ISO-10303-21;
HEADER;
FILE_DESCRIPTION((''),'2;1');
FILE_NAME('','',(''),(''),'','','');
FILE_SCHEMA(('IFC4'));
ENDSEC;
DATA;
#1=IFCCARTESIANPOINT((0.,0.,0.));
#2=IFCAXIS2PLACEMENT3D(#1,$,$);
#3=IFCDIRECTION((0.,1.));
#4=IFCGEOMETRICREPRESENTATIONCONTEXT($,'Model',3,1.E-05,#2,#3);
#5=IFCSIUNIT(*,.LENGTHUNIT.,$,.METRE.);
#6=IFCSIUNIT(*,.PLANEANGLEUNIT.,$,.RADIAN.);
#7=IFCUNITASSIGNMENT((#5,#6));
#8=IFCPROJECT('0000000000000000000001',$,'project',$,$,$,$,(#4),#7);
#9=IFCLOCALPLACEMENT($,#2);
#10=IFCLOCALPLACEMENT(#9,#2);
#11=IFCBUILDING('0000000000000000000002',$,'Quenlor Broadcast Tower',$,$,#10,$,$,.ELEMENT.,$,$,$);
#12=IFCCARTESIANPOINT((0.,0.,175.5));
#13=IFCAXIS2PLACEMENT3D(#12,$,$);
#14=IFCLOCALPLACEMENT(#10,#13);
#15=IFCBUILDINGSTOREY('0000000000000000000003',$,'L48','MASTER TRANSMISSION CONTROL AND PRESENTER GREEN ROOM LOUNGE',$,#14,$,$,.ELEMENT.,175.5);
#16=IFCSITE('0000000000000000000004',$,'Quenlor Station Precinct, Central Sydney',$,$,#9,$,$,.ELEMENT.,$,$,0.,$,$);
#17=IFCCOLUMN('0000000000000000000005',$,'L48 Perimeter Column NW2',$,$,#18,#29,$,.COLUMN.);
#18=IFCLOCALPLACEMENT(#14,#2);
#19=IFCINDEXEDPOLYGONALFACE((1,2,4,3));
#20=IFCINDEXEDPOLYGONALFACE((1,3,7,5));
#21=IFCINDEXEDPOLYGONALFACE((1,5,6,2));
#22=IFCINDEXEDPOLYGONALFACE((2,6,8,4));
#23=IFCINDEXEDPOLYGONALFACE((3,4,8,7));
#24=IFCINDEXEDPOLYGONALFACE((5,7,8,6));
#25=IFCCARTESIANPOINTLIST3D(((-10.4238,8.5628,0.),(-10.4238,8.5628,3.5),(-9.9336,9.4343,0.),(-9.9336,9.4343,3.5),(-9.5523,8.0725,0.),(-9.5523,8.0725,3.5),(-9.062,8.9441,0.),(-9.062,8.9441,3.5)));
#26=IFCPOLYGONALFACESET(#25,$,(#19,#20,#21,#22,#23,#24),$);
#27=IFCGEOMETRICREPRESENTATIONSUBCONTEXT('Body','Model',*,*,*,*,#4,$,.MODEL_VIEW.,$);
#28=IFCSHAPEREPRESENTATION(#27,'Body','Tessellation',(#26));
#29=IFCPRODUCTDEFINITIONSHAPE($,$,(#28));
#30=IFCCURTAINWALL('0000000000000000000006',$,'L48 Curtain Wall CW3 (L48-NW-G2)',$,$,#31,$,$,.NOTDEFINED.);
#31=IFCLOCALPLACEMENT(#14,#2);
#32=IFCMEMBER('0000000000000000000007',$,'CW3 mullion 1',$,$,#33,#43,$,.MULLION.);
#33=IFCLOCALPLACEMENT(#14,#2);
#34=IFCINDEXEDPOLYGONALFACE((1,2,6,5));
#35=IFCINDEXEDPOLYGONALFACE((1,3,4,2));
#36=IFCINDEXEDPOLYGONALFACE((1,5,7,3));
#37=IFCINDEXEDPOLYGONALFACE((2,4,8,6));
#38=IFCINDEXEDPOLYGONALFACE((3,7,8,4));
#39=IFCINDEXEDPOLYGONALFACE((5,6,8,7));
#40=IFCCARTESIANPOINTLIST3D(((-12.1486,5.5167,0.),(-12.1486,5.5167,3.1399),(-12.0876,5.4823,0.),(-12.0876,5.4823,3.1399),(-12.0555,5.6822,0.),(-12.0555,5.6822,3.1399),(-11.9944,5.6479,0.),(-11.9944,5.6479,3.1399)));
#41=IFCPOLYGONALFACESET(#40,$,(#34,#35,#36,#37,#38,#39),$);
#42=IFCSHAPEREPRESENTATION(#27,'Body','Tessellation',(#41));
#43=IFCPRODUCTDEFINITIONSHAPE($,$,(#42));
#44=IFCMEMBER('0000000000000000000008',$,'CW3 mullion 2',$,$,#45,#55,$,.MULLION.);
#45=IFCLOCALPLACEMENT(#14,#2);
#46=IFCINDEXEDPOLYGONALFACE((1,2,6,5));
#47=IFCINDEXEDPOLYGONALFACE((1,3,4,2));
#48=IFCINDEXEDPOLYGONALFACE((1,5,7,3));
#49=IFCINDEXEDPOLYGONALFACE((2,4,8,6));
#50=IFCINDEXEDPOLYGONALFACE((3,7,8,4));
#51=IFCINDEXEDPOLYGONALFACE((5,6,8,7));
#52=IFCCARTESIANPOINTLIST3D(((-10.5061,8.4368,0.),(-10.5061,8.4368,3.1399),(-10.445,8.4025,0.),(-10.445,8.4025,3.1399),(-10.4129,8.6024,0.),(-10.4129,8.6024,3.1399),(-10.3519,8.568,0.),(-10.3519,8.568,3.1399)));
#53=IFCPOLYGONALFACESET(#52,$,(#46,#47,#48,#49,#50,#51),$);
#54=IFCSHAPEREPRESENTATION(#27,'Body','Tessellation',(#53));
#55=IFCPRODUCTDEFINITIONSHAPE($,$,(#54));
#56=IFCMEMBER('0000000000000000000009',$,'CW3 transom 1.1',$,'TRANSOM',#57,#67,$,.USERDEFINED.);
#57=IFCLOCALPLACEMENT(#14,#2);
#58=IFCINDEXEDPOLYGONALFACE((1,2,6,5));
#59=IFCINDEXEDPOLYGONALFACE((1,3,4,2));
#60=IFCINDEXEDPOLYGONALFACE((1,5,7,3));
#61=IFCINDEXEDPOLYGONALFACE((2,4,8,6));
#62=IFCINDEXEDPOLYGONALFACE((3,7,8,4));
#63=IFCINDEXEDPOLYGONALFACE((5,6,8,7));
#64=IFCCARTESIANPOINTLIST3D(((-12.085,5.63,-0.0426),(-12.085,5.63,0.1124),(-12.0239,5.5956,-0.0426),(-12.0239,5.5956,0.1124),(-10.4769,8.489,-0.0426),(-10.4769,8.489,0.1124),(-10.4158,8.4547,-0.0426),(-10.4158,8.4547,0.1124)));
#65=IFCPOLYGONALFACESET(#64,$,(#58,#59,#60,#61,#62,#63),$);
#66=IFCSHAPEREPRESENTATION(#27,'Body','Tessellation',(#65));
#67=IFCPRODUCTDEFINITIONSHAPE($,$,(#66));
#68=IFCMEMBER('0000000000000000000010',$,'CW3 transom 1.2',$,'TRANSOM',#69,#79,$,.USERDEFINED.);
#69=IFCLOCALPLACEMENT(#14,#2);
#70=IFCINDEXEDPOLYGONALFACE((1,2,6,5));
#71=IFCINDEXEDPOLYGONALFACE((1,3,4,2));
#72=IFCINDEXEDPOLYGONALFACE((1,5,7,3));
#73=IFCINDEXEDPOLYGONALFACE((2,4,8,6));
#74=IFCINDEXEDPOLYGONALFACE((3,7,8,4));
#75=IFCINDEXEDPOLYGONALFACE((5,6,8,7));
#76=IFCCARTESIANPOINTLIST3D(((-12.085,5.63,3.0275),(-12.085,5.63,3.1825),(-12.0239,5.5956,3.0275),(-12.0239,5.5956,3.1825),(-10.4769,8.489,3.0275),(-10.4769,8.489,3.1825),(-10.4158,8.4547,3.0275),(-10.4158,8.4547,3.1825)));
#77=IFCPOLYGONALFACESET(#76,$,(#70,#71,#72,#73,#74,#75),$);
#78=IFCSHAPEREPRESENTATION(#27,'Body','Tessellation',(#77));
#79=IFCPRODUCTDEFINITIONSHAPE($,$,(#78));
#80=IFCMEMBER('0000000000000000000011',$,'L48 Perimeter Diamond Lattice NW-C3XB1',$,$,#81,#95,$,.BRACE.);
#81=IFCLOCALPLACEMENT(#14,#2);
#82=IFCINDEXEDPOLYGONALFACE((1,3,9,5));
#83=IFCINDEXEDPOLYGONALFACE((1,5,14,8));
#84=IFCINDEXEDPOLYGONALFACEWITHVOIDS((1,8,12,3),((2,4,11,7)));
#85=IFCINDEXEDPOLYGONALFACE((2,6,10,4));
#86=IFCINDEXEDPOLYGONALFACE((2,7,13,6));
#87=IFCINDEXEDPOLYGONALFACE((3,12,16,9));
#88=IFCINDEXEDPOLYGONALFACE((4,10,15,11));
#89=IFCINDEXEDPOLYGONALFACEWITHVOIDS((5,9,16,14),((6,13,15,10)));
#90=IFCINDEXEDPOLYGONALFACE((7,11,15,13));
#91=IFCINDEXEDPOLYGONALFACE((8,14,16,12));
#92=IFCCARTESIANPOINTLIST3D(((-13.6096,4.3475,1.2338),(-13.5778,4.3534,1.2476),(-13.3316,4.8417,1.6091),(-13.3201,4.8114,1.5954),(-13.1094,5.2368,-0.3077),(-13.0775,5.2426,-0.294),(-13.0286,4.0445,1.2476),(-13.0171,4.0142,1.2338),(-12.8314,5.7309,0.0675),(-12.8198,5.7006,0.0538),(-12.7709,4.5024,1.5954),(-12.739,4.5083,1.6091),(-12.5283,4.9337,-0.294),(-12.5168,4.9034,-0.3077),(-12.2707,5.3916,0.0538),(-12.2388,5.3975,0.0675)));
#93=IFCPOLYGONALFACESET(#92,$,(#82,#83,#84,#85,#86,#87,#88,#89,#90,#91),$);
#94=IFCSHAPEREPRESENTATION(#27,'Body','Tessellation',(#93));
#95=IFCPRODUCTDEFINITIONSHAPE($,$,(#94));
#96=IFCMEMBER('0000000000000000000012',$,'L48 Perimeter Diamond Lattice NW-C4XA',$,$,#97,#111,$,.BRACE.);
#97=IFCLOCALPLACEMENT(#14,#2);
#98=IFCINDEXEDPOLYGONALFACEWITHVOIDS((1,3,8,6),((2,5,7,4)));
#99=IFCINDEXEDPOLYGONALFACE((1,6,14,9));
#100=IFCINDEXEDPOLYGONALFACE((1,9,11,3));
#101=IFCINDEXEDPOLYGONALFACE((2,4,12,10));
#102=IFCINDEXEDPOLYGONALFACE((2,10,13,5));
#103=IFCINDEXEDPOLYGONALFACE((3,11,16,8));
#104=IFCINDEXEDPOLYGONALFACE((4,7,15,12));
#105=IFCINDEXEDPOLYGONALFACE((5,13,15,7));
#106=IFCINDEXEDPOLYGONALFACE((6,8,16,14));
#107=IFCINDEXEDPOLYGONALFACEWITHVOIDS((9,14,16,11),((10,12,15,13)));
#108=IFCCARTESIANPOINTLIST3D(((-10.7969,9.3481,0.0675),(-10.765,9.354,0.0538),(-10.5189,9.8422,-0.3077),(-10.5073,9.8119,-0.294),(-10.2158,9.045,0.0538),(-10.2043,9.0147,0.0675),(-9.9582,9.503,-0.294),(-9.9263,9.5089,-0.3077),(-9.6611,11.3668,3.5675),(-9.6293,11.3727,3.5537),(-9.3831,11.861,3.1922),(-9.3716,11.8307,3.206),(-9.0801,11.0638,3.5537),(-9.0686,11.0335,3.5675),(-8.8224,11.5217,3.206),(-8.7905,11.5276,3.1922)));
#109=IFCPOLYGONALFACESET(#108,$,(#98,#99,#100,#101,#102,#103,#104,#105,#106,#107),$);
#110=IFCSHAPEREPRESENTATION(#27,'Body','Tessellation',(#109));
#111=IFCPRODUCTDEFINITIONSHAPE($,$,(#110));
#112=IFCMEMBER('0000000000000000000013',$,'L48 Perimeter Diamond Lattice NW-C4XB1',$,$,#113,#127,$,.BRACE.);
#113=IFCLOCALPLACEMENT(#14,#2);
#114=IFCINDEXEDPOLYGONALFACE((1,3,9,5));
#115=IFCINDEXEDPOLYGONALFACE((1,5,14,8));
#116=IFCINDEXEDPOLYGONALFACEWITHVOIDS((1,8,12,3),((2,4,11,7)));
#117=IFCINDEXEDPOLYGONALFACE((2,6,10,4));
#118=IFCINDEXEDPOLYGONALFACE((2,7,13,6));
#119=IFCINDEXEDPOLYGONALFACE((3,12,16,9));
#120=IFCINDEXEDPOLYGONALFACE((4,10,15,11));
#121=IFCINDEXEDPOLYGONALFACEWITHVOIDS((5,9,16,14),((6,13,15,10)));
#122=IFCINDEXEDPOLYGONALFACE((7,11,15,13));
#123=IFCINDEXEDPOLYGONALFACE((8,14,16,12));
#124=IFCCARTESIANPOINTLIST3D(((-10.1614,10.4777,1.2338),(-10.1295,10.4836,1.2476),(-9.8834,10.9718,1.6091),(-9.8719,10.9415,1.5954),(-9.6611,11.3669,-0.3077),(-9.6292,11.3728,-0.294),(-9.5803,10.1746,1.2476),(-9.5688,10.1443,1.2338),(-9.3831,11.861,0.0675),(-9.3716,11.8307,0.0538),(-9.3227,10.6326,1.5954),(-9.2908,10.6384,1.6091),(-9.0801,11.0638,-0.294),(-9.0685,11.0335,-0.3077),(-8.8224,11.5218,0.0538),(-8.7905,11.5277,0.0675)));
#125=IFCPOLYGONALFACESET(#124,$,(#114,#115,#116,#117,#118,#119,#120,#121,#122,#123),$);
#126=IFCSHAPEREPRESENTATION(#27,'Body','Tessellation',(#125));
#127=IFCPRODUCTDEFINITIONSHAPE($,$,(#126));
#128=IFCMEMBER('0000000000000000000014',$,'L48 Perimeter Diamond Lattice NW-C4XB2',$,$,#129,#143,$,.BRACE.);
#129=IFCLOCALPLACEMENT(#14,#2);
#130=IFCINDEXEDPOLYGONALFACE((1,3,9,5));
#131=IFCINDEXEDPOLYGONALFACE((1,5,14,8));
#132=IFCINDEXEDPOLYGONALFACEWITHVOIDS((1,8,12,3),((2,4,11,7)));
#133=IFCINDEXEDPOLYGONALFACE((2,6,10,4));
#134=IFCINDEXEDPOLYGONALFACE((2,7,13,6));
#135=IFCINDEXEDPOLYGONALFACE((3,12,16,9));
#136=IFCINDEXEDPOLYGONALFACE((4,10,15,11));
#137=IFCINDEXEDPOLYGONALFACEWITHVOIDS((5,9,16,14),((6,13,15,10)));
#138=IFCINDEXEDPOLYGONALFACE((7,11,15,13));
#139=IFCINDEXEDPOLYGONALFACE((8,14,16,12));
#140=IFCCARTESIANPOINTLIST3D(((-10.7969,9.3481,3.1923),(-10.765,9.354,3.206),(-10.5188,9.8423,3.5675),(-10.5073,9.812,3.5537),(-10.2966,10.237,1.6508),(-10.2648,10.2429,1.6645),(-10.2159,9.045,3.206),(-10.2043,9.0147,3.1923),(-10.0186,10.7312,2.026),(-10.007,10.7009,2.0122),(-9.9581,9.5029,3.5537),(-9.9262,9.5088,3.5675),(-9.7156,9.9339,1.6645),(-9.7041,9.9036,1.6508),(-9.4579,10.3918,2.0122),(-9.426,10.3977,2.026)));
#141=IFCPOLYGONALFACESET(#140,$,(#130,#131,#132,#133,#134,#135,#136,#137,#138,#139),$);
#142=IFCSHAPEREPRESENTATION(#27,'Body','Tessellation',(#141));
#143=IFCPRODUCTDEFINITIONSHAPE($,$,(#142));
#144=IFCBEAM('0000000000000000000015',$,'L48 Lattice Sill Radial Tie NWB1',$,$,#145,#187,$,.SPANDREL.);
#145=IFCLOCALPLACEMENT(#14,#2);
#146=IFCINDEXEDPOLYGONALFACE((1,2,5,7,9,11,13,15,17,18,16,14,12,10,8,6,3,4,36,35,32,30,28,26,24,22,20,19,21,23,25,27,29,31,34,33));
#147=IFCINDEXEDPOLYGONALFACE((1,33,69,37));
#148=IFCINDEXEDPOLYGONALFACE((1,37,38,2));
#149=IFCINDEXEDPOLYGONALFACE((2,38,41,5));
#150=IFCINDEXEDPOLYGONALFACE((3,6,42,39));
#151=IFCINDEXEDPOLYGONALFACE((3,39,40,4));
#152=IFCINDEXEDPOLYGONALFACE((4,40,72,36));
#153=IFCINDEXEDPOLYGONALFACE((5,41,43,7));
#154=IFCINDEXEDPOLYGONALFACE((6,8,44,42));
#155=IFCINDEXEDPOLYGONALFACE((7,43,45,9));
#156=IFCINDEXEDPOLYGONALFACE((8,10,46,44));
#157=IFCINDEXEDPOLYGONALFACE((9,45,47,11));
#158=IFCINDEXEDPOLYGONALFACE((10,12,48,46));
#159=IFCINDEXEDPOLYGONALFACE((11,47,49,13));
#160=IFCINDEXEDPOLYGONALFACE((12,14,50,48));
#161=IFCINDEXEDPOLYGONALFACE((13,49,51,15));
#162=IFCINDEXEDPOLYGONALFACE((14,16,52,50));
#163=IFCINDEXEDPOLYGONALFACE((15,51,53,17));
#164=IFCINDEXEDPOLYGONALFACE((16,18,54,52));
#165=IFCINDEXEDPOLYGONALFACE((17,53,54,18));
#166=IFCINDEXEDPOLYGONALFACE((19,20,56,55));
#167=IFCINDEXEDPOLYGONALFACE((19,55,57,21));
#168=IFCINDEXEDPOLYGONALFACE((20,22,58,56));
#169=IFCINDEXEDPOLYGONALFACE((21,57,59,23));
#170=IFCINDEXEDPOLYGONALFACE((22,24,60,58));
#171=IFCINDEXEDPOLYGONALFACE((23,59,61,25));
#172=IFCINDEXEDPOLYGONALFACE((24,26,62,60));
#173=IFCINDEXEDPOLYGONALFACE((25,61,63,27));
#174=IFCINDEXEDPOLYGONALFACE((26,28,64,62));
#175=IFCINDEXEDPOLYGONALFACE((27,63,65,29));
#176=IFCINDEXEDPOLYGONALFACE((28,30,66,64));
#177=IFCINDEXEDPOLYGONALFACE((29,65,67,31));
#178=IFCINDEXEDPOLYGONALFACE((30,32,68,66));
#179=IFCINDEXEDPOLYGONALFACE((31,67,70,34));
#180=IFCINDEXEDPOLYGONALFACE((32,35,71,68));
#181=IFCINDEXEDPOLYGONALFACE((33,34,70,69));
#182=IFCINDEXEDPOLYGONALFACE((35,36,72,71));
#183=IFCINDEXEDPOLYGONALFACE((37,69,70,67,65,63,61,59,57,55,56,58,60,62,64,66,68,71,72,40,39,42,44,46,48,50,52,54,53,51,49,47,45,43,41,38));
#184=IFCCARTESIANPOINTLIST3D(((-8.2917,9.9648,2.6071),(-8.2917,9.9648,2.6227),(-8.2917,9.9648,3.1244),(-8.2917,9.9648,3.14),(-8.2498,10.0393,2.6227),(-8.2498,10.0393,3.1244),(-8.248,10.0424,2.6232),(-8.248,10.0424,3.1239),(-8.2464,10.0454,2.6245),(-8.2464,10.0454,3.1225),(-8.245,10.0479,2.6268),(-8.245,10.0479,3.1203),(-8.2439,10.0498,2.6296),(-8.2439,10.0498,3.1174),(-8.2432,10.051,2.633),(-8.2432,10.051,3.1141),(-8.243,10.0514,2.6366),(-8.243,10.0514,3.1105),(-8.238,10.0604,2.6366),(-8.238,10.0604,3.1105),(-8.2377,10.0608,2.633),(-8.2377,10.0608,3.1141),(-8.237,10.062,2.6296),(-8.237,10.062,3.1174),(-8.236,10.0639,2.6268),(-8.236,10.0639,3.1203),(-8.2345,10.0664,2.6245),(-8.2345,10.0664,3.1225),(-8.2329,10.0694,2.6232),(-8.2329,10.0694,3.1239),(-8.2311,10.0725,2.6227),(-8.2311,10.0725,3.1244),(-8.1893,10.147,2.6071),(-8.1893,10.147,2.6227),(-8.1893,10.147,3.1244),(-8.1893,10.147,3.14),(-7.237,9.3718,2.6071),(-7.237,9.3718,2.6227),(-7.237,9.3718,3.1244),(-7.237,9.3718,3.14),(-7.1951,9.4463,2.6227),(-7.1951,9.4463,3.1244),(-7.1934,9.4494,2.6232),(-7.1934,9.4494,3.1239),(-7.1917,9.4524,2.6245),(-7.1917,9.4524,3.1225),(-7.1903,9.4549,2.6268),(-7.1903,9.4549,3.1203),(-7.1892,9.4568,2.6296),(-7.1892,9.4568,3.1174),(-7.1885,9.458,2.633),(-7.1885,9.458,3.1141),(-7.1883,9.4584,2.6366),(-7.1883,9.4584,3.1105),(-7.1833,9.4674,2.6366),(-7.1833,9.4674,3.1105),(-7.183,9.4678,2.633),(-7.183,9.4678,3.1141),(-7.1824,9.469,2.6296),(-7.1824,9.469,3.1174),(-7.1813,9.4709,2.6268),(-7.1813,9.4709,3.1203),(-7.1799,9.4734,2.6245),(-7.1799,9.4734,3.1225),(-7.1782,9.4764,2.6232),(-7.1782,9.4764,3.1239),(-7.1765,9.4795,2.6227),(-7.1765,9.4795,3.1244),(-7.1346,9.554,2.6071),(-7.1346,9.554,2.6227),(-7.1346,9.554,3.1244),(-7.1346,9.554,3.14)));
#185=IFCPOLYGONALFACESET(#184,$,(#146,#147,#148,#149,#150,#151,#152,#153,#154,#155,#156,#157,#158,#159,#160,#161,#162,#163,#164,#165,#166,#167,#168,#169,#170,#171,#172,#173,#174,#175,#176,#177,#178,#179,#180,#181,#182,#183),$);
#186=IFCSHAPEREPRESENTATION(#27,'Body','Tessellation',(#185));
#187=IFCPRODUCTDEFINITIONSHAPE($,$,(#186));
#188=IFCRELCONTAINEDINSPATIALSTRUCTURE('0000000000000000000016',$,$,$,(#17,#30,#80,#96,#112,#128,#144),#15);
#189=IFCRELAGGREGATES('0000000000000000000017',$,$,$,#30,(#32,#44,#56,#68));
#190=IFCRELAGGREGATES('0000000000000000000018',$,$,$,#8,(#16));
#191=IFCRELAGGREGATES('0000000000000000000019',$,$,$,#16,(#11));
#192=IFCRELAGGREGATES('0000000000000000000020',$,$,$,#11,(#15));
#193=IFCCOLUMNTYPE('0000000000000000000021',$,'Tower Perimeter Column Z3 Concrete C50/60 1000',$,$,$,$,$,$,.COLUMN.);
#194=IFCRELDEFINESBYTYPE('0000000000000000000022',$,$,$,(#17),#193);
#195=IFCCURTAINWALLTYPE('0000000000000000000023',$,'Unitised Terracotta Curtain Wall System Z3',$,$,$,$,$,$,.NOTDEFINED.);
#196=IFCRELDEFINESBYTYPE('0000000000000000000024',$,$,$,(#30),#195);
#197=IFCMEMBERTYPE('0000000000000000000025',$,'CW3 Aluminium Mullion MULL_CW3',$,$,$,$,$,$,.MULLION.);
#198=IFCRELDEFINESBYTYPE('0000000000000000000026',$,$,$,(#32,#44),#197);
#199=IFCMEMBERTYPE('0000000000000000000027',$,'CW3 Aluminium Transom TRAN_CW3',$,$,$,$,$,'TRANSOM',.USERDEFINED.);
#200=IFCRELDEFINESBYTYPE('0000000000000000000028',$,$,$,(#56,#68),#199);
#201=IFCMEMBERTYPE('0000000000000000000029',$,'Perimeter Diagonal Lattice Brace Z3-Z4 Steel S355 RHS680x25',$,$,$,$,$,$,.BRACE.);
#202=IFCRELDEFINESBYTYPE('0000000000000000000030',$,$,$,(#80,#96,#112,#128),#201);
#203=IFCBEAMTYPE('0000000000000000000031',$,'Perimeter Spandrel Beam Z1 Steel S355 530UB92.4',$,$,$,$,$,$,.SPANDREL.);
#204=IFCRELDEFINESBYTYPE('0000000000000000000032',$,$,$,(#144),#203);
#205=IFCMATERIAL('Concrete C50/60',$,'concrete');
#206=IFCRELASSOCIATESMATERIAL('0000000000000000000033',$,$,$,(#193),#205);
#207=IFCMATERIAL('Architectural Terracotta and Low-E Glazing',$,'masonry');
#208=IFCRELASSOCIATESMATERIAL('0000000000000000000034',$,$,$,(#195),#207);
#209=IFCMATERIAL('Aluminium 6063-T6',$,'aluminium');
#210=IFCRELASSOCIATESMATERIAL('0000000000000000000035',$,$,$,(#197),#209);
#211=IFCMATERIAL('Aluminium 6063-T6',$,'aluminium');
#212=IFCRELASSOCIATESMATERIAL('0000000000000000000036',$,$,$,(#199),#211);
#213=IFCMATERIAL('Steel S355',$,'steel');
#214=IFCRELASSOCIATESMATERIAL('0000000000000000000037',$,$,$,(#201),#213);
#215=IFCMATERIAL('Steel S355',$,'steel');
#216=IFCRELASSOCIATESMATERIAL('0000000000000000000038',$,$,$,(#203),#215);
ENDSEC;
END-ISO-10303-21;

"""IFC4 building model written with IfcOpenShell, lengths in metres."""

from ifc_helpers import new_model, si_unit, direction, frame, origin, origin_2d, place, context, subcontext, project, spatial, rectangle, hollow_rectangle, i_section, extrude, material, material_profile, profile_set, type_object, element, aggregate, save


model = new_model("IFC4")

# Units and contexts
model_context = context("Model", 3, precision=1e-05, world=origin(), true_north=direction((0.0, 1.0)))
body_context = subcontext(model_context, "Body", "Model", "MODEL_VIEW")
ifc_project = project(units=[si_unit("LENGTHUNIT", "METRE"), si_unit("PLANEANGLEUNIT", "RADIAN")], contexts=[model_context])

# Site, building, storey
site_placement = place(None, origin())
site = spatial("IfcSite", under=ifc_project, at=site_placement, Name="Quenlor Station Precinct, Central Sydney", CompositionType="ELEMENT", RefElevation=0.0)
building_placement = place(site_placement, origin())
building = spatial("IfcBuilding", under=site, at=building_placement, Name="Quenlor Broadcast Tower", CompositionType="ELEMENT")
storey_placement = place(building_placement, frame((0.0, 0.0, 175.5)))
storey = spatial("IfcBuildingStorey", under=building, at=storey_placement, Name="L48", Description="MASTER TRANSMISSION CONTROL AND PRESENTER GREEN ROOM LOUNGE", CompositionType="ELEMENT", Elevation=175.5)

# Column
ifc_material_1 = material(Name="Concrete C50/60", Category="concrete")
ifc_material_profile_1 = material_profile(ifc_material_1, rectangle(XDim=1.0, YDim=1.0, at=origin_2d()))
ifc_profile_set_1 = profile_set([ifc_material_profile_1], Name="Concrete C50/60 RC1000x1000")
column_type = type_object("IfcColumnType", Name="Tower Perimeter Column Z3 Concrete C50/60 1000", PredefinedType="COLUMN", material=ifc_profile_set_1)
column_placement = place(storey_placement, frame((-9.7429, 8.7534, 0.0), z_axis=(0.0, 0.0, 1.0), x_axis=(-0.871575, 0.490262, 0.0)))
element("IfcColumn", 1, at=column_placement, inside=storey, type_object=column_type, Name="L48 Perimeter Column NW2", PredefinedType="COLUMN", context=body_context, shape_type="SweptSolid", body=[
    extrude(rectangle(XDim=1.0, YDim=1.0, at=origin_2d()), origin(), (0.0, 0.0, 1.0), 3.5),
])

# Curtain wall, members
ifc_material_2 = material(Name="Architectural Terracotta and Low-E Glazing", Category="masonry")
curtain_wall_type = type_object("IfcCurtainWallType", Name="Unitised Terracotta Curtain Wall System Z3", PredefinedType="NOTDEFINED", material=ifc_material_2)
curtain_wall_placement = place(storey_placement, origin())
curtain_wall = element("IfcCurtainWall", 2, at=curtain_wall_placement, inside=storey, type_object=curtain_wall_type, Name="L48 Curtain Wall CW3 (L48-NW-G2)", PredefinedType="NOTDEFINED")
ifc_material_3 = material(Name="Aluminium 6063-T6", Category="aluminium")
ifc_material_profile_2 = material_profile(ifc_material_3, rectangle(XDim=0.0701, YDim=0.1899, at=origin_2d()))
ifc_profile_set_2 = profile_set([ifc_material_profile_2], Name="Aluminium 6063-T6 MULL70x190")
member_type_1 = type_object("IfcMemberType", Name="CW3 Aluminium Mullion MULL_CW3", PredefinedType="MULLION", material=ifc_profile_set_2)
member_1_placement = place(storey_placement, frame((-12.0715, 5.5823, 0.0), z_axis=(0.0, 0.0, 1.0), x_axis=(-0.871579, 0.490256, 0.0)))
member_1 = element("IfcMember", 3, at=member_1_placement, type_object=member_type_1, Name="CW3 mullion 1", PredefinedType="MULLION", context=body_context, shape_type="SweptSolid", body=[
    extrude(rectangle(XDim=0.0701, YDim=0.1899, at=origin_2d()), origin(), (0.0, 0.0, 1.0), 3.1399),
])
member_2_placement = place(storey_placement, frame((-10.429, 8.5024, 0.0), z_axis=(0.0, 0.0, 1.0), x_axis=(-0.871579, 0.490256, 0.0)))
member_2 = element("IfcMember", 4, at=member_2_placement, type_object=member_type_1, Name="CW3 mullion 2", PredefinedType="MULLION", context=body_context, shape_type="SweptSolid", body=[
    extrude(rectangle(XDim=0.0701, YDim=0.1899, at=origin_2d()), origin(), (0.0, 0.0, 1.0), 3.1399),
])
ifc_material_4 = material(Name="Aluminium 6063-T6", Category="aluminium")
ifc_material_profile_3 = material_profile(ifc_material_4, rectangle(XDim=0.0701, YDim=0.155, at=origin_2d()))
ifc_profile_set_3 = profile_set([ifc_material_profile_3], Name="Aluminium 6063-T6 TRAN70x155")
member_type_2 = type_object("IfcMemberType", Name="CW3 Aluminium Transom TRAN_CW3", ElementType="TRANSOM", PredefinedType="USERDEFINED", material=ifc_profile_set_3)
member_3_placement = place(storey_placement, frame((-12.0544, 5.6128, 0.0349), z_axis=(0.490237, 0.871589, 0.0), x_axis=(-0.871589, 0.490237, 0.0)))
member_3 = element("IfcMember", 5, at=member_3_placement, type_object=member_type_2, Name="CW3 transom 1.1", ObjectType="TRANSOM", PredefinedType="USERDEFINED", context=body_context, shape_type="SweptSolid", body=[
    extrude(rectangle(XDim=0.0701, YDim=0.155, at=origin_2d()), origin(), (0.0, 0.0, 1.0), 3.2803),
])
member_4_placement = place(storey_placement, frame((-12.0544, 5.6128, 3.105), z_axis=(0.490237, 0.871589, 0.0), x_axis=(-0.871589, 0.490237, 0.0)))
member_4 = element("IfcMember", 6, at=member_4_placement, type_object=member_type_2, Name="CW3 transom 1.2", ObjectType="TRANSOM", PredefinedType="USERDEFINED", context=body_context, shape_type="SweptSolid", body=[
    extrude(rectangle(XDim=0.0701, YDim=0.155, at=origin_2d()), origin(), (0.0, 0.0, 1.0), 3.2803),
])

# Members
ifc_material_5 = material(Name="Steel S355", Category="steel")
ifc_material_profile_4 = material_profile(ifc_material_5, hollow_rectangle(XDim=0.6799, YDim=0.6799, WallThickness=0.0249, at=origin_2d()))
ifc_profile_set_4 = profile_set([ifc_material_profile_4], Name="Steel S355 RHS680x680x25")
member_type_3 = type_object("IfcMemberType", Name="Perimeter Diagonal Lattice Brace Z3-Z4 Steel S355 RHS680x25", PredefinedType="BRACE", material=ifc_profile_set_4)
member_5_placement = place(storey_placement, frame((-12.6741, 5.3171, -0.1201), z_axis=(-0.270616, -0.481008, 0.833905), x_axis=(0.871537, -0.490329, 0.0)))
element("IfcMember", 7, at=member_5_placement, inside=storey, type_object=member_type_3, Name="L48 Perimeter Diamond Lattice NW-C3XB1", PredefinedType="BRACE", context=body_context, shape_type="SweptSolid", body=[
    extrude(hollow_rectangle(XDim=0.6799, YDim=0.6799, WallThickness=0.0249, at=origin_2d()), origin(), (0.0, 0.0, 1.0), 1.8486),
])
member_6_placement = place(storey_placement, frame((-10.3616, 9.4285, -0.1201), z_axis=(0.270603, 0.481001, 0.833914), x_axis=(-0.871545, 0.490316, 0.0)))
element("IfcMember", 8, at=member_6_placement, inside=storey, type_object=member_type_3, Name="L48 Perimeter Diamond Lattice NW-C4XA", PredefinedType="BRACE", context=body_context, shape_type="SweptSolid", body=[
    extrude(hollow_rectangle(XDim=0.6799, YDim=0.6799, WallThickness=0.0249, at=origin_2d()), origin(), (0.0, 0.0, 1.0), 4.197),
])
member_7_placement = place(storey_placement, frame((-9.2258, 11.4473, -0.1201), z_axis=(-0.270616, -0.481008, 0.833905), x_axis=(0.871537, -0.490329, 0.0)))
element("IfcMember", 9, at=member_7_placement, inside=storey, type_object=member_type_3, Name="L48 Perimeter Diamond Lattice NW-C4XB1", PredefinedType="BRACE", context=body_context, shape_type="SweptSolid", body=[
    extrude(hollow_rectangle(XDim=0.6799, YDim=0.6799, WallThickness=0.0249, at=origin_2d()), origin(), (0.0, 0.0, 1.0), 1.8486),
])
member_8_placement = place(storey_placement, frame((-9.8613, 10.3174, 1.8384), z_axis=(-0.270634, -0.480906, 0.833958), x_axis=(0.87148, -0.490432, 0.0)))
element("IfcMember", 10, at=member_8_placement, inside=storey, type_object=member_type_3, Name="L48 Perimeter Diamond Lattice NW-C4XB2", PredefinedType="BRACE", context=body_context, shape_type="SweptSolid", body=[
    extrude(hollow_rectangle(XDim=0.6799, YDim=0.6799, WallThickness=0.0249, at=origin_2d()), origin(), (0.0, 0.0, 1.0), 1.8484),
])

# Beam
ifc_material_6 = material(Name="Steel S355", Category="steel")
ifc_material_profile_5 = material_profile(ifc_material_6, i_section(OverallWidth=0.209, OverallDepth=0.533, WebThickness=0.0103, FlangeThickness=0.0156, FilletRadius=0.0139, at=origin_2d()))
ifc_profile_set_5 = profile_set([ifc_material_profile_5], Name="Steel S355 530UB92.4")
beam_type_1 = type_object("IfcBeamType", Name="Perimeter Spandrel Beam Z1 Steel S355 530UB92.4", PredefinedType="SPANDREL", material=ifc_profile_set_5)
beam_1_placement = place(storey_placement, frame((-7.1858, 9.4629, 2.8735), z_axis=(-0.871662, 0.490108, 0.0), x_axis=(-0.490108, -0.871662, 0.0)))
element("IfcBeam", 11, at=beam_1_placement, inside=storey, type_object=beam_type_1, Name="L48 Lattice Sill Radial Tie NWB1", PredefinedType="SPANDREL", context=body_context, shape_type="SweptSolid", body=[
    extrude(i_section(OverallWidth=0.209, OverallDepth=0.533, WebThickness=0.0103, FlangeThickness=0.0156, FilletRadius=0.0139, at=origin_2d()), origin(), (0.0, 0.0, 1.0), 1.21),
])

aggregate(curtain_wall, [member_1, member_2, member_3, member_4])

save(model, "model.ifc")
